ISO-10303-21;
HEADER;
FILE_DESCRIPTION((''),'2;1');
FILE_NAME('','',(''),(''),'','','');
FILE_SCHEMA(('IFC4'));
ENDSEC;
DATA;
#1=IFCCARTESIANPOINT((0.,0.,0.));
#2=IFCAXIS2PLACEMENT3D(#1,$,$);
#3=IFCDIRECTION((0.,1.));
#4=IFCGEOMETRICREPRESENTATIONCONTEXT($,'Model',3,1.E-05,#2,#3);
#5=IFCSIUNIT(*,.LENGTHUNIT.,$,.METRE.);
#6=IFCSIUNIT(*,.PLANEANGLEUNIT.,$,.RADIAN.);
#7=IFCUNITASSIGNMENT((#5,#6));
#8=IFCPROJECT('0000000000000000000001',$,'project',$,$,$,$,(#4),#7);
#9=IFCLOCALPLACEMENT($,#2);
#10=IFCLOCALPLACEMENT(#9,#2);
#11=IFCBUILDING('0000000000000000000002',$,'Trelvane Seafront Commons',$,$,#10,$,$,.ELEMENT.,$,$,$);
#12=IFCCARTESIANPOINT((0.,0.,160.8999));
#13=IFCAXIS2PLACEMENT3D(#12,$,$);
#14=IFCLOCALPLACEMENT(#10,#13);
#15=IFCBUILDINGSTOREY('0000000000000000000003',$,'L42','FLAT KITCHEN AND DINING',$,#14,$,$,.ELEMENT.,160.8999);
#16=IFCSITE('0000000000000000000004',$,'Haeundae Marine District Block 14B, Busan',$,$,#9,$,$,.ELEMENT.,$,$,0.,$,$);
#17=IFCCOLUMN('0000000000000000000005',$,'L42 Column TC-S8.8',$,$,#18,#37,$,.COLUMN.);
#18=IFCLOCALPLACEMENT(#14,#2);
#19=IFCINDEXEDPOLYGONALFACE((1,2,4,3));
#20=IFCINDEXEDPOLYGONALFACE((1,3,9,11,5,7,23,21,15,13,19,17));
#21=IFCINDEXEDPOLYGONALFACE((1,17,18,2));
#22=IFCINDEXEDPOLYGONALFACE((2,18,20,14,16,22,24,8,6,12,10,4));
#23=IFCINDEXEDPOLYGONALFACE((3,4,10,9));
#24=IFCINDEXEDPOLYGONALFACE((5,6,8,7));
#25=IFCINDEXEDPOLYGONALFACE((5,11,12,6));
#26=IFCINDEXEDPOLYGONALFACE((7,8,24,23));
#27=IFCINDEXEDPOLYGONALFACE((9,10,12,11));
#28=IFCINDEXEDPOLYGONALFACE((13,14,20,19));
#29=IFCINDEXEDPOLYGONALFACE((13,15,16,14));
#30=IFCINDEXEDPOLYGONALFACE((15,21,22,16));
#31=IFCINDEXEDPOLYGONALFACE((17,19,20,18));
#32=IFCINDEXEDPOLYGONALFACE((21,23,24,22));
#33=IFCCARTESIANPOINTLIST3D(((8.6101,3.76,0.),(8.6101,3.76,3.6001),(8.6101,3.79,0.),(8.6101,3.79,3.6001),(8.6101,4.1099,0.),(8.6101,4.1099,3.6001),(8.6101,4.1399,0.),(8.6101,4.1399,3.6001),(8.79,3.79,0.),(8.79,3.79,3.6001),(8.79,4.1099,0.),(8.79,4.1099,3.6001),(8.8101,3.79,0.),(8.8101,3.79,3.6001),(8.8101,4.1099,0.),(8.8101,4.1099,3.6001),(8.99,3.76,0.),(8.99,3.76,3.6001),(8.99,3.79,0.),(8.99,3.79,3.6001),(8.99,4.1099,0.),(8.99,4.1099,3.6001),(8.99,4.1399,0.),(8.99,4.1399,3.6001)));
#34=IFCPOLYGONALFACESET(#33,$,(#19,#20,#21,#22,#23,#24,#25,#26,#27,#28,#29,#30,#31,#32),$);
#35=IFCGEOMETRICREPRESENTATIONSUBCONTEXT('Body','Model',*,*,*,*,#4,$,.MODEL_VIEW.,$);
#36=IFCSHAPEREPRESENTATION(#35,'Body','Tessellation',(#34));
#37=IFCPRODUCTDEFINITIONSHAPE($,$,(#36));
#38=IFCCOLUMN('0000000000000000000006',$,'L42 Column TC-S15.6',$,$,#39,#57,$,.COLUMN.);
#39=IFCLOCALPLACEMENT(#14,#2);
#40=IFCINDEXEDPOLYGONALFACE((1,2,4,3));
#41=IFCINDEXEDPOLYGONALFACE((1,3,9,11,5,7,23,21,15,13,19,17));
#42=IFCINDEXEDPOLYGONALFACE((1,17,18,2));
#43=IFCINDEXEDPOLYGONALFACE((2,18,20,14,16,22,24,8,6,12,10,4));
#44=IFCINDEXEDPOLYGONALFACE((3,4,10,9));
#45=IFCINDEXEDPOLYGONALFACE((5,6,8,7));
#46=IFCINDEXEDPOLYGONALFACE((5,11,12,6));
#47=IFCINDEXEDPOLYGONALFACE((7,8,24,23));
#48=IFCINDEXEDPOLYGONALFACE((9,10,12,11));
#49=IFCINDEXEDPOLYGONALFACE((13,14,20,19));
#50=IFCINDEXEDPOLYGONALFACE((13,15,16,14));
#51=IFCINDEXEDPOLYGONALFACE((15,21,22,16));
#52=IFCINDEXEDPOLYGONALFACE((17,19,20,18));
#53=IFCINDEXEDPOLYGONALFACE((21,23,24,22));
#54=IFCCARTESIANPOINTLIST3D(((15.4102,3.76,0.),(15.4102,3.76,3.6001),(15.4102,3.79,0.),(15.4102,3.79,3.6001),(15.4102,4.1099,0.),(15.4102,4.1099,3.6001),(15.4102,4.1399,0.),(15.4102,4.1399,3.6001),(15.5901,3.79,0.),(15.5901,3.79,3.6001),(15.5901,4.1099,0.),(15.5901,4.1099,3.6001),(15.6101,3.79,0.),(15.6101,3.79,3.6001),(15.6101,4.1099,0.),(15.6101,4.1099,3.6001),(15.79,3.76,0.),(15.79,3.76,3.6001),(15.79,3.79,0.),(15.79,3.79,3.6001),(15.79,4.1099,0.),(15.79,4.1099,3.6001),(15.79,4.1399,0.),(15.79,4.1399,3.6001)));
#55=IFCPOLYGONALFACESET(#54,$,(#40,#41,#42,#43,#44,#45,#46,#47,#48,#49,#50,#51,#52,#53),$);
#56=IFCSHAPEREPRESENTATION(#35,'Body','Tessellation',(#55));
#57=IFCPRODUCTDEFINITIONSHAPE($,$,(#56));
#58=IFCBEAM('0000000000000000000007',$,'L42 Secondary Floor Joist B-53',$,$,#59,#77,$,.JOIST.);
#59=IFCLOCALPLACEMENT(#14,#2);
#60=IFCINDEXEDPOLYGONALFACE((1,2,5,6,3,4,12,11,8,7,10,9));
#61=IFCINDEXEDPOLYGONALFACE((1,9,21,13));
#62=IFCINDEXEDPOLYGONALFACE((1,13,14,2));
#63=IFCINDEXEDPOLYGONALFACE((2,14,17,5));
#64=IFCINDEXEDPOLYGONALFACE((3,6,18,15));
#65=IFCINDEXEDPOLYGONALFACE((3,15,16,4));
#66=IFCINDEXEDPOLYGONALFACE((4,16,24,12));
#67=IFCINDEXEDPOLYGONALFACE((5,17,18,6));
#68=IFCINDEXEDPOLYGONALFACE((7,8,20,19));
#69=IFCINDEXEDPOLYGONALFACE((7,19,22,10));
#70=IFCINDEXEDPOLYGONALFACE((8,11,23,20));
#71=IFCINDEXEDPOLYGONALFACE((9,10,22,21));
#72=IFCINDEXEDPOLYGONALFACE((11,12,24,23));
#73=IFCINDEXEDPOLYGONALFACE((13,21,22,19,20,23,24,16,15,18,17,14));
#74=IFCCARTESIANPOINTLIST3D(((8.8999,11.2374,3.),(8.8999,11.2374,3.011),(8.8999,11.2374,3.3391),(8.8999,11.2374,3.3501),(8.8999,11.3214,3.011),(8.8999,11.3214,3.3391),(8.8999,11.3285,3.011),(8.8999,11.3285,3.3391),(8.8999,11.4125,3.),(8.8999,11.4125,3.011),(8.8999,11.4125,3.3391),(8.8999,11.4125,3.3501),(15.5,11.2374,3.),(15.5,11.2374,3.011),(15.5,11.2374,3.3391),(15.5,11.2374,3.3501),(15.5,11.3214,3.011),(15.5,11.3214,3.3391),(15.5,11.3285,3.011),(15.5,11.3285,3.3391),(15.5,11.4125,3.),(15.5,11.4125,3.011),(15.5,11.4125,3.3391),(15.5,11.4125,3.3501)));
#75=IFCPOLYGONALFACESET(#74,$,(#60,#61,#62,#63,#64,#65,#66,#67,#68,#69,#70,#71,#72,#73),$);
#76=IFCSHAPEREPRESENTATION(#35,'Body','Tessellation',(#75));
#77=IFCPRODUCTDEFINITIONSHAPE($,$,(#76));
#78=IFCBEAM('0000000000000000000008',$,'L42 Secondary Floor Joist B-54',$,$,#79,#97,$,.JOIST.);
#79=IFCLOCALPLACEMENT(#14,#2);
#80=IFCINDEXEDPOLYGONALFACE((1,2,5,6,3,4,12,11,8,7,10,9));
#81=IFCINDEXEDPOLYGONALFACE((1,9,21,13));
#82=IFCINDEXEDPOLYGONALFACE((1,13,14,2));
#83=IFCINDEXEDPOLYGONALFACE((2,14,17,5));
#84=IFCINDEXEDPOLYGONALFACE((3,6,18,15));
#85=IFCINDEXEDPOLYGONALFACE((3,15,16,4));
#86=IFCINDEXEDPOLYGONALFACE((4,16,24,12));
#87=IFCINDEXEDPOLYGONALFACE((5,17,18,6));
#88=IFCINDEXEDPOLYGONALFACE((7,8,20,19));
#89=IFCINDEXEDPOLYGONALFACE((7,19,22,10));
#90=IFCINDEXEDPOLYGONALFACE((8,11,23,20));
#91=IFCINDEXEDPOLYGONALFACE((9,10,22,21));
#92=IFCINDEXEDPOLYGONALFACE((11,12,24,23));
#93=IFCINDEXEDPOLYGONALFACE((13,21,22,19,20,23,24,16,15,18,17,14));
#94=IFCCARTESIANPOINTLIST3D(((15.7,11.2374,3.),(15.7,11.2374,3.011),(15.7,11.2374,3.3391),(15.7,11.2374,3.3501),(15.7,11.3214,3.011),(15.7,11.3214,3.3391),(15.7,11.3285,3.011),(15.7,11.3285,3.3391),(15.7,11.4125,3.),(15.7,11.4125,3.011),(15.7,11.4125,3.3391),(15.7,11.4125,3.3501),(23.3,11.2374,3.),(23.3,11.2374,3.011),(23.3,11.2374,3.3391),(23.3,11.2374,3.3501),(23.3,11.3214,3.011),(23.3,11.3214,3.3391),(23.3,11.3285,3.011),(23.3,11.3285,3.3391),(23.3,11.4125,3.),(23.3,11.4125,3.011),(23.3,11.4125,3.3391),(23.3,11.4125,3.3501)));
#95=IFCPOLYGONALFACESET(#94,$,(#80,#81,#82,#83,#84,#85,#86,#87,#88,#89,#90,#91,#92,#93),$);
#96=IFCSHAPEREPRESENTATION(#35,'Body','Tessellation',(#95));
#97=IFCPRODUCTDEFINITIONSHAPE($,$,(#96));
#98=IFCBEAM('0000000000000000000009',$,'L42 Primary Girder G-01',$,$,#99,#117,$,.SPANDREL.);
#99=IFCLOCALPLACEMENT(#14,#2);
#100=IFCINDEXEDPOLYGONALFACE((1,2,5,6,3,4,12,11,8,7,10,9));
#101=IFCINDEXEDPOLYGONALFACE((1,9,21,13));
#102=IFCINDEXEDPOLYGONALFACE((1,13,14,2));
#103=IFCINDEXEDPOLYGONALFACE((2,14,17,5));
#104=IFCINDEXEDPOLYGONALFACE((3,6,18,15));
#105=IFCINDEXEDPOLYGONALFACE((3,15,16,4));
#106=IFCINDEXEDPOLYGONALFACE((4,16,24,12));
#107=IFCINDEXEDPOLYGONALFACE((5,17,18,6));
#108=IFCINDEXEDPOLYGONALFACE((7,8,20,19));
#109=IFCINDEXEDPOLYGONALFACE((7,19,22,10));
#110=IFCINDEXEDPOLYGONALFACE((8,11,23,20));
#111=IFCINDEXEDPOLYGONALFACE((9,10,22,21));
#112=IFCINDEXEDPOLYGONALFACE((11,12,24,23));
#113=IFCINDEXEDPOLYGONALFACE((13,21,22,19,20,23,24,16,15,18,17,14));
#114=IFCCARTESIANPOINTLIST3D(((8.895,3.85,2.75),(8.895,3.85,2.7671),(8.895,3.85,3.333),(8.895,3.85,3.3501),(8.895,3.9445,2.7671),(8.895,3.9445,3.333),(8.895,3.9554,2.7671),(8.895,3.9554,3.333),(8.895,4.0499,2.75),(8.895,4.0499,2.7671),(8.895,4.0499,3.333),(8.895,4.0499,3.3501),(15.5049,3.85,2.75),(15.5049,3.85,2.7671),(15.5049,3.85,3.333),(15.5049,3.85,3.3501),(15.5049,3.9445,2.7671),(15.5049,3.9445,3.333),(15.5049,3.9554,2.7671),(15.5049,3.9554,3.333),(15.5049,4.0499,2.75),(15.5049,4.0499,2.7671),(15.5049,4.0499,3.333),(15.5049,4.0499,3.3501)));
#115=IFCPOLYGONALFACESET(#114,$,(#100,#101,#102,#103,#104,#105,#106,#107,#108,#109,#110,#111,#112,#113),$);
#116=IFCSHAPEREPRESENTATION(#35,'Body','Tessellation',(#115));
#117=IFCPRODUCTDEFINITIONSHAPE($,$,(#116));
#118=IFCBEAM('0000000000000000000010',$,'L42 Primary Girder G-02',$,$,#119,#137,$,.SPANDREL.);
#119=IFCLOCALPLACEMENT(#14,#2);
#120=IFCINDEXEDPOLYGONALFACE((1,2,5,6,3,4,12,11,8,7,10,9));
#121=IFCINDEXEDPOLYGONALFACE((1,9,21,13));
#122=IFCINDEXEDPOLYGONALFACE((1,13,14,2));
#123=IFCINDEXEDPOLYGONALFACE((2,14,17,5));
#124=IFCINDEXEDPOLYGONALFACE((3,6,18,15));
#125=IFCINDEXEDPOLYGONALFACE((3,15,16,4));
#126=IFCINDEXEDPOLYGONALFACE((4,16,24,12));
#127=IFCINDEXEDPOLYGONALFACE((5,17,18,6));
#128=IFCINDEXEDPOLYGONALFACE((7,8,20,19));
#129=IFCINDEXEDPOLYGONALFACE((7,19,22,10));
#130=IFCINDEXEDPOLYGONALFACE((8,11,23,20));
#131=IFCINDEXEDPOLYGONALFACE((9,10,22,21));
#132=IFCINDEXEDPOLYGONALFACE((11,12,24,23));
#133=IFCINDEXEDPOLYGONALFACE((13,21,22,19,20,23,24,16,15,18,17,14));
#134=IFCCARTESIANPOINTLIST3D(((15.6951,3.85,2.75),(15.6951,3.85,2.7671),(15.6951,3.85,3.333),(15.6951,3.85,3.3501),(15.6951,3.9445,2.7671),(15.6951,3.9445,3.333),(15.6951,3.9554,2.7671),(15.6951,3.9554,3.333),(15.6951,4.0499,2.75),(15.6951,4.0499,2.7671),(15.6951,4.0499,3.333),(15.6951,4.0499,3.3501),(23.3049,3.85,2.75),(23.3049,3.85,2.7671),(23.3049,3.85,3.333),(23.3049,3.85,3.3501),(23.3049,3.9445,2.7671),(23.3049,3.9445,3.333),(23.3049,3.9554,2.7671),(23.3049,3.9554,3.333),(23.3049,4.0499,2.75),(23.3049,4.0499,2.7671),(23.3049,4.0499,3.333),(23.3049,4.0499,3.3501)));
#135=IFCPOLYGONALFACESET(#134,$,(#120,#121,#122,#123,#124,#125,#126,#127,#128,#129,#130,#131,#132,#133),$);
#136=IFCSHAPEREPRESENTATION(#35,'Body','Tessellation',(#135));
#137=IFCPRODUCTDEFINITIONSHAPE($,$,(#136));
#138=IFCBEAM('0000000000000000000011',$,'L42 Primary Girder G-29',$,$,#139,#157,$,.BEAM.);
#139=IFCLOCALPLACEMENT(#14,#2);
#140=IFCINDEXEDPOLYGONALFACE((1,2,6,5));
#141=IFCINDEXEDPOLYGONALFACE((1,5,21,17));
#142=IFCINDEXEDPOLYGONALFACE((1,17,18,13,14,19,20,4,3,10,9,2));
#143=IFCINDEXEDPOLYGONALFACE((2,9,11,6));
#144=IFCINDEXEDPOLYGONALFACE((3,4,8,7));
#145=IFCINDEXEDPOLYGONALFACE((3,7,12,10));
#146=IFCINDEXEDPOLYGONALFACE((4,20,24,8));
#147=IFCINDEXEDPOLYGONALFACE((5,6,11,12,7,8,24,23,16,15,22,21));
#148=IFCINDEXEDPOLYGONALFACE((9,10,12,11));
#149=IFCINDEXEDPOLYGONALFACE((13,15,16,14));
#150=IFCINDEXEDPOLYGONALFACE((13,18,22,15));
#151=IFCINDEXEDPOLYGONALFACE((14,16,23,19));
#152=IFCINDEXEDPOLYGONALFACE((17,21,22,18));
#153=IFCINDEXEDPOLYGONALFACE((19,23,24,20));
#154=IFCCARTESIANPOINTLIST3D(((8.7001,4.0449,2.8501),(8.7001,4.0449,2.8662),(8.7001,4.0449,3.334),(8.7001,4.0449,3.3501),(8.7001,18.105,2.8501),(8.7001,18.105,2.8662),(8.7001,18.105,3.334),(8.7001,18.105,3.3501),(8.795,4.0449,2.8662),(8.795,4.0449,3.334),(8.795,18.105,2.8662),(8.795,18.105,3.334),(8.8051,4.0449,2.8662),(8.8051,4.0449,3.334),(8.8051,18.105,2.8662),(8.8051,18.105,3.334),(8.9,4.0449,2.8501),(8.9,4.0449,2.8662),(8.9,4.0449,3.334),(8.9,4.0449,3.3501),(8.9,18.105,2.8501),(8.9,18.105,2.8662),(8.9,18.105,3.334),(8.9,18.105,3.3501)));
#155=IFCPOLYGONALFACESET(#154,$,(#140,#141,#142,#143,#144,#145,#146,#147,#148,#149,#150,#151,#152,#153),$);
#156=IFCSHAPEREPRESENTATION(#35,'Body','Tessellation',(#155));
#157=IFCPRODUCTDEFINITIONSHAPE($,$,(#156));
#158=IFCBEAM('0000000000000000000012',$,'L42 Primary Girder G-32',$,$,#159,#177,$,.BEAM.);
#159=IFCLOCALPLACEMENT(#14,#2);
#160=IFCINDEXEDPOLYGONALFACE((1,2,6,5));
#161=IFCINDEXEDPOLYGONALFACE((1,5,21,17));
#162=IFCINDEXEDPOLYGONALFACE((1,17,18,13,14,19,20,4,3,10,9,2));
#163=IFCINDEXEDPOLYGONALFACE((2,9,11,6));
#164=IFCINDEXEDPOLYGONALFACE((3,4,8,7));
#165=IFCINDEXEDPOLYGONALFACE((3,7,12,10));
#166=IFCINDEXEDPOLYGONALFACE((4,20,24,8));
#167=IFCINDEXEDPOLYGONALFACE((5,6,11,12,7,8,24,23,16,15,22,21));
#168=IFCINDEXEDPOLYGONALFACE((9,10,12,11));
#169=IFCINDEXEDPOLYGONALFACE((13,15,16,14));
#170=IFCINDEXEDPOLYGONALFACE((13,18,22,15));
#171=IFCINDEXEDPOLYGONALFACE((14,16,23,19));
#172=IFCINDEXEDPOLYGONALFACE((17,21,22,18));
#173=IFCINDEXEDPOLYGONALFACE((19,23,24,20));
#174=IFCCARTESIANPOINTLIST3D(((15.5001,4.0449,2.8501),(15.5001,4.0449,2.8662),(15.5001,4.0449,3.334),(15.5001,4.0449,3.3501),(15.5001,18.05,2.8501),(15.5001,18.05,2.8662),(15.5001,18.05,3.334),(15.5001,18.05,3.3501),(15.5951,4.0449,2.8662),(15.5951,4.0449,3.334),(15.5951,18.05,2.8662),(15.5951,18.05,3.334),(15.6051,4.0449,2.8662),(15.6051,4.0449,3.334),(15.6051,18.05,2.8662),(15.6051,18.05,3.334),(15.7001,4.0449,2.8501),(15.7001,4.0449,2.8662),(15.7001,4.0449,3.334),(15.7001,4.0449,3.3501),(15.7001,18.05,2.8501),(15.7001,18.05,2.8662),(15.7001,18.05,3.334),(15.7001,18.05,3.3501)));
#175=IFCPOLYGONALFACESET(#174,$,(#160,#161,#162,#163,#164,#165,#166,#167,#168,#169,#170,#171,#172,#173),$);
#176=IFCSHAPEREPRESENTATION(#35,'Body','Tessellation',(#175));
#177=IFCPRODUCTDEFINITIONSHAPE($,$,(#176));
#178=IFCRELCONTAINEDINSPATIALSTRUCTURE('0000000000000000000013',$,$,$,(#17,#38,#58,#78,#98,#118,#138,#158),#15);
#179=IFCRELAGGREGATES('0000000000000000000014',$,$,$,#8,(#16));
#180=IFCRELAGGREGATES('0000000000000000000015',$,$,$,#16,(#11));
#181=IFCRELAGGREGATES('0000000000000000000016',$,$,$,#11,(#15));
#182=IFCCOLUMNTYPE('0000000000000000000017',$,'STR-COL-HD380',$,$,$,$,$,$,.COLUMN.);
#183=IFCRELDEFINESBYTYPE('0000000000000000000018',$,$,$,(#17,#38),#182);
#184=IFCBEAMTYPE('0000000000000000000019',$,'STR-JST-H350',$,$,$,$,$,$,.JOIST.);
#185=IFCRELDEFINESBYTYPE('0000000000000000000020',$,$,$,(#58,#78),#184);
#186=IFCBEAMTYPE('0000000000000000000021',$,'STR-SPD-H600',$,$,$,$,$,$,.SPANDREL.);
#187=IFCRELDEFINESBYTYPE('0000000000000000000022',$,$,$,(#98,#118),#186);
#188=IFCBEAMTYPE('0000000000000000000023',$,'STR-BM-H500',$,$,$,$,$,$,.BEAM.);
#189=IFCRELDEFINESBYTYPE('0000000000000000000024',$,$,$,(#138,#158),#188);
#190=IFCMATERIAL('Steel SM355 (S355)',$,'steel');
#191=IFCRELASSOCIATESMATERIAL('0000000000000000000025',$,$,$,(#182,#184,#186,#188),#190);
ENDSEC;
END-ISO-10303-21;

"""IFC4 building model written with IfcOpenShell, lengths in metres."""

from ifc_helpers import new_model, si_unit, direction, frame, origin, origin_2d, place, context, subcontext, project, spatial, i_section, extrude, source, transform, mapped, material, material_profile, profile_set, type_object, element, save


model = new_model("IFC4")

# Units and contexts
model_context = context("Model", 3, precision=1e-05, world=origin(), true_north=direction((0.0, 1.0)))
body_context = subcontext(model_context, "Body", "Model", "MODEL_VIEW")
ifc_project = project(units=[si_unit("LENGTHUNIT", "METRE"), si_unit("PLANEANGLEUNIT", "RADIAN")], contexts=[model_context])

# Site, building, storey
site_placement = place(None, origin())
site = spatial("IfcSite", under=ifc_project, at=site_placement, Name="Haeundae Marine District Block 14B, Busan", CompositionType="ELEMENT", RefElevation=0.0)
building_placement = place(site_placement, origin())
building = spatial("IfcBuilding", under=site, at=building_placement, Name="Trelvane Seafront Commons", CompositionType="ELEMENT")
storey_placement = place(building_placement, frame((0.0, 0.0, 160.8999)))
storey = spatial("IfcBuildingStorey", under=building, at=storey_placement, Name="L42", Description="FLAT KITCHEN AND DINING", CompositionType="ELEMENT", Elevation=160.8999)

# Columns
ifc_material_1 = material(Name="Steel SM355 (S355)", Category="steel")
ifc_material_profile_1 = material_profile(ifc_material_1, i_section(OverallWidth=0.3799, OverallDepth=0.3799, WebThickness=0.02, FlangeThickness=0.03, at=origin_2d()), Name="HD-380x380x20x30")
ifc_profile_set_1 = profile_set([ifc_material_profile_1], Name="Steel SM355 (S355)")
column_type = type_object("IfcColumnType", Name="STR-COL-HD380", PredefinedType="COLUMN", material=ifc_profile_set_1)
shared_shape_1 = source(origin(), body_context, "Body", "SweptSolid", [
    extrude(i_section(OverallWidth=0.3799, OverallDepth=0.3799, WebThickness=0.02, FlangeThickness=0.03, at=origin_2d()), origin(), (0.0, 0.0, 1.0), 3.6001),
])
for number, where, z_axis, x_axis, name in (
    (1, (8.8, 3.95, 0.0), (0.0, 0.0, 1.0), (1.0, 0.0, 0.0), "L42 Column TC-S8.8"),
    (2, (15.6001, 3.95, 0.0), (0.0, 0.0, 1.0), (1.0, 0.0, 0.0), "L42 Column TC-S15.6"),
):
    element("IfcColumn", number, at=place(storey_placement, frame(where, z_axis=z_axis, x_axis=x_axis)), inside=storey, type_object=column_type, Name=name, PredefinedType="COLUMN", context=body_context, shape_type="MappedRepresentation", body=[
        mapped(shared_shape_1, transform((0.0, 0.0, 0.0), x_axis=(1.0, 0.0, 0.0), y_axis=(0.0, 1.0, 0.0), z_axis=(0.0, 0.0, 1.0), scale=1.0)),
    ])

# Beams
ifc_material_profile_2 = material_profile(ifc_material_1, i_section(OverallWidth=0.175, OverallDepth=0.3501, WebThickness=0.0071, FlangeThickness=0.011, at=origin_2d()), Name="H-350x175x7x11")
ifc_profile_set_2 = profile_set([ifc_material_profile_2], Name="Steel SM355 (S355)")
beam_type_1 = type_object("IfcBeamType", Name="STR-JST-H350", PredefinedType="JOIST", material=ifc_profile_set_2)
shared_shape_2 = source(origin(), body_context, "Body", "SweptSolid", [
    extrude(i_section(OverallWidth=0.175, OverallDepth=0.3501, WebThickness=0.0071, FlangeThickness=0.011, at=origin_2d()), origin(), (0.0, 0.0, 1.0), 6.6001),
])
beam_1_placement = place(storey_placement, frame((8.8999, 11.325, 3.175), z_axis=(1.0, 0.0, 0.0), x_axis=(0.0, 1.0, 0.0)))
element("IfcBeam", 3, at=beam_1_placement, inside=storey, type_object=beam_type_1, Name="L42 Secondary Floor Joist B-53", PredefinedType="JOIST", context=body_context, shape_type="MappedRepresentation", body=[
    mapped(shared_shape_2, transform((0.0, 0.0, 0.0), x_axis=(1.0, 0.0, 0.0), y_axis=(0.0, 1.0, 0.0), z_axis=(0.0, 0.0, 1.0), scale=1.0)),
])
shared_shape_3 = source(origin(), body_context, "Body", "SweptSolid", [
    extrude(i_section(OverallWidth=0.175, OverallDepth=0.3501, WebThickness=0.0071, FlangeThickness=0.011, at=origin_2d()), origin(), (0.0, 0.0, 1.0), 7.6001),
])
beam_2_placement = place(storey_placement, frame((15.7, 11.325, 3.175), z_axis=(1.0, 0.0, 0.0), x_axis=(0.0, 1.0, 0.0)))
element("IfcBeam", 4, at=beam_2_placement, inside=storey, type_object=beam_type_1, Name="L42 Secondary Floor Joist B-54", PredefinedType="JOIST", context=body_context, shape_type="MappedRepresentation", body=[
    mapped(shared_shape_3, transform((0.0, 0.0, 0.0), x_axis=(1.0, 0.0, 0.0), y_axis=(0.0, 1.0, 0.0), z_axis=(0.0, 0.0, 1.0), scale=1.0)),
])
ifc_material_profile_3 = material_profile(ifc_material_1, i_section(OverallWidth=0.2, OverallDepth=0.6001, WebThickness=0.011, FlangeThickness=0.0171, at=origin_2d()), Name="H-600x200x11x17")
ifc_profile_set_3 = profile_set([ifc_material_profile_3], Name="Steel SM355 (S355)")
beam_type_2 = type_object("IfcBeamType", Name="STR-SPD-H600", PredefinedType="SPANDREL", material=ifc_profile_set_3)
shared_shape_4 = source(origin(), body_context, "Body", "SweptSolid", [
    extrude(i_section(OverallWidth=0.2, OverallDepth=0.6001, WebThickness=0.011, FlangeThickness=0.0171, at=origin_2d()), origin(), (0.0, 0.0, 1.0), 6.6099),
])
beam_3_placement = place(storey_placement, frame((8.895, 3.95, 3.05), z_axis=(1.0, 0.0, 0.0), x_axis=(0.0, 1.0, 0.0)))
element("IfcBeam", 5, at=beam_3_placement, inside=storey, type_object=beam_type_2, Name="L42 Primary Girder G-01", PredefinedType="SPANDREL", context=body_context, shape_type="MappedRepresentation", body=[
    mapped(shared_shape_4, transform((0.0, 0.0, 0.0), x_axis=(1.0, 0.0, 0.0), y_axis=(0.0, 1.0, 0.0), z_axis=(0.0, 0.0, 1.0), scale=1.0)),
])
shared_shape_5 = source(origin(), body_context, "Body", "SweptSolid", [
    extrude(i_section(OverallWidth=0.2, OverallDepth=0.6001, WebThickness=0.011, FlangeThickness=0.0171, at=origin_2d()), origin(), (0.0, 0.0, 1.0), 7.6099),
])
beam_4_placement = place(storey_placement, frame((15.6951, 3.95, 3.05), z_axis=(1.0, 0.0, 0.0), x_axis=(0.0, 1.0, 0.0)))
element("IfcBeam", 6, at=beam_4_placement, inside=storey, type_object=beam_type_2, Name="L42 Primary Girder G-02", PredefinedType="SPANDREL", context=body_context, shape_type="MappedRepresentation", body=[
    mapped(shared_shape_5, transform((0.0, 0.0, 0.0), x_axis=(1.0, 0.0, 0.0), y_axis=(0.0, 1.0, 0.0), z_axis=(0.0, 0.0, 1.0), scale=1.0)),
])
ifc_material_profile_4 = material_profile(ifc_material_1, i_section(OverallWidth=0.2, OverallDepth=0.5, WebThickness=0.01, FlangeThickness=0.0161, at=origin_2d()), Name="H-500x200x10x16")
ifc_profile_set_4 = profile_set([ifc_material_profile_4], Name="Steel SM355 (S355)")
beam_type_3 = type_object("IfcBeamType", Name="STR-BM-H500", PredefinedType="BEAM", material=ifc_profile_set_4)
shared_shape_6 = source(origin(), body_context, "Body", "SweptSolid", [
    extrude(i_section(OverallWidth=0.2, OverallDepth=0.5, WebThickness=0.01, FlangeThickness=0.0161, at=origin_2d()), origin(), (0.0, 0.0, 1.0), 14.0601),
])
beam_5_placement = place(storey_placement, frame((8.8, 4.0449, 3.1001), z_axis=(0.0, 1.0, 0.0), x_axis=(-1.0, 0.0, 0.0)))
element("IfcBeam", 7, at=beam_5_placement, inside=storey, type_object=beam_type_3, Name="L42 Primary Girder G-29", PredefinedType="BEAM", context=body_context, shape_type="MappedRepresentation", body=[
    mapped(shared_shape_6, transform((0.0, 0.0, 0.0), x_axis=(1.0, 0.0, 0.0), y_axis=(0.0, 1.0, 0.0), z_axis=(0.0, 0.0, 1.0), scale=1.0)),
])
shared_shape_7 = source(origin(), body_context, "Body", "SweptSolid", [
    extrude(i_section(OverallWidth=0.2, OverallDepth=0.5, WebThickness=0.01, FlangeThickness=0.0161, at=origin_2d()), origin(), (0.0, 0.0, 1.0), 14.0051),
])
beam_6_placement = place(storey_placement, frame((15.6001, 4.0449, 3.1001), z_axis=(0.0, 1.0, 0.0), x_axis=(-1.0, 0.0, 0.0)))
element("IfcBeam", 8, at=beam_6_placement, inside=storey, type_object=beam_type_3, Name="L42 Primary Girder G-32", PredefinedType="BEAM", context=body_context, shape_type="MappedRepresentation", body=[
    mapped(shared_shape_7, transform((0.0, 0.0, 0.0), x_axis=(1.0, 0.0, 0.0), y_axis=(0.0, 1.0, 0.0), z_axis=(0.0, 0.0, 1.0), scale=1.0)),
])

save(model, "model.ifc")
